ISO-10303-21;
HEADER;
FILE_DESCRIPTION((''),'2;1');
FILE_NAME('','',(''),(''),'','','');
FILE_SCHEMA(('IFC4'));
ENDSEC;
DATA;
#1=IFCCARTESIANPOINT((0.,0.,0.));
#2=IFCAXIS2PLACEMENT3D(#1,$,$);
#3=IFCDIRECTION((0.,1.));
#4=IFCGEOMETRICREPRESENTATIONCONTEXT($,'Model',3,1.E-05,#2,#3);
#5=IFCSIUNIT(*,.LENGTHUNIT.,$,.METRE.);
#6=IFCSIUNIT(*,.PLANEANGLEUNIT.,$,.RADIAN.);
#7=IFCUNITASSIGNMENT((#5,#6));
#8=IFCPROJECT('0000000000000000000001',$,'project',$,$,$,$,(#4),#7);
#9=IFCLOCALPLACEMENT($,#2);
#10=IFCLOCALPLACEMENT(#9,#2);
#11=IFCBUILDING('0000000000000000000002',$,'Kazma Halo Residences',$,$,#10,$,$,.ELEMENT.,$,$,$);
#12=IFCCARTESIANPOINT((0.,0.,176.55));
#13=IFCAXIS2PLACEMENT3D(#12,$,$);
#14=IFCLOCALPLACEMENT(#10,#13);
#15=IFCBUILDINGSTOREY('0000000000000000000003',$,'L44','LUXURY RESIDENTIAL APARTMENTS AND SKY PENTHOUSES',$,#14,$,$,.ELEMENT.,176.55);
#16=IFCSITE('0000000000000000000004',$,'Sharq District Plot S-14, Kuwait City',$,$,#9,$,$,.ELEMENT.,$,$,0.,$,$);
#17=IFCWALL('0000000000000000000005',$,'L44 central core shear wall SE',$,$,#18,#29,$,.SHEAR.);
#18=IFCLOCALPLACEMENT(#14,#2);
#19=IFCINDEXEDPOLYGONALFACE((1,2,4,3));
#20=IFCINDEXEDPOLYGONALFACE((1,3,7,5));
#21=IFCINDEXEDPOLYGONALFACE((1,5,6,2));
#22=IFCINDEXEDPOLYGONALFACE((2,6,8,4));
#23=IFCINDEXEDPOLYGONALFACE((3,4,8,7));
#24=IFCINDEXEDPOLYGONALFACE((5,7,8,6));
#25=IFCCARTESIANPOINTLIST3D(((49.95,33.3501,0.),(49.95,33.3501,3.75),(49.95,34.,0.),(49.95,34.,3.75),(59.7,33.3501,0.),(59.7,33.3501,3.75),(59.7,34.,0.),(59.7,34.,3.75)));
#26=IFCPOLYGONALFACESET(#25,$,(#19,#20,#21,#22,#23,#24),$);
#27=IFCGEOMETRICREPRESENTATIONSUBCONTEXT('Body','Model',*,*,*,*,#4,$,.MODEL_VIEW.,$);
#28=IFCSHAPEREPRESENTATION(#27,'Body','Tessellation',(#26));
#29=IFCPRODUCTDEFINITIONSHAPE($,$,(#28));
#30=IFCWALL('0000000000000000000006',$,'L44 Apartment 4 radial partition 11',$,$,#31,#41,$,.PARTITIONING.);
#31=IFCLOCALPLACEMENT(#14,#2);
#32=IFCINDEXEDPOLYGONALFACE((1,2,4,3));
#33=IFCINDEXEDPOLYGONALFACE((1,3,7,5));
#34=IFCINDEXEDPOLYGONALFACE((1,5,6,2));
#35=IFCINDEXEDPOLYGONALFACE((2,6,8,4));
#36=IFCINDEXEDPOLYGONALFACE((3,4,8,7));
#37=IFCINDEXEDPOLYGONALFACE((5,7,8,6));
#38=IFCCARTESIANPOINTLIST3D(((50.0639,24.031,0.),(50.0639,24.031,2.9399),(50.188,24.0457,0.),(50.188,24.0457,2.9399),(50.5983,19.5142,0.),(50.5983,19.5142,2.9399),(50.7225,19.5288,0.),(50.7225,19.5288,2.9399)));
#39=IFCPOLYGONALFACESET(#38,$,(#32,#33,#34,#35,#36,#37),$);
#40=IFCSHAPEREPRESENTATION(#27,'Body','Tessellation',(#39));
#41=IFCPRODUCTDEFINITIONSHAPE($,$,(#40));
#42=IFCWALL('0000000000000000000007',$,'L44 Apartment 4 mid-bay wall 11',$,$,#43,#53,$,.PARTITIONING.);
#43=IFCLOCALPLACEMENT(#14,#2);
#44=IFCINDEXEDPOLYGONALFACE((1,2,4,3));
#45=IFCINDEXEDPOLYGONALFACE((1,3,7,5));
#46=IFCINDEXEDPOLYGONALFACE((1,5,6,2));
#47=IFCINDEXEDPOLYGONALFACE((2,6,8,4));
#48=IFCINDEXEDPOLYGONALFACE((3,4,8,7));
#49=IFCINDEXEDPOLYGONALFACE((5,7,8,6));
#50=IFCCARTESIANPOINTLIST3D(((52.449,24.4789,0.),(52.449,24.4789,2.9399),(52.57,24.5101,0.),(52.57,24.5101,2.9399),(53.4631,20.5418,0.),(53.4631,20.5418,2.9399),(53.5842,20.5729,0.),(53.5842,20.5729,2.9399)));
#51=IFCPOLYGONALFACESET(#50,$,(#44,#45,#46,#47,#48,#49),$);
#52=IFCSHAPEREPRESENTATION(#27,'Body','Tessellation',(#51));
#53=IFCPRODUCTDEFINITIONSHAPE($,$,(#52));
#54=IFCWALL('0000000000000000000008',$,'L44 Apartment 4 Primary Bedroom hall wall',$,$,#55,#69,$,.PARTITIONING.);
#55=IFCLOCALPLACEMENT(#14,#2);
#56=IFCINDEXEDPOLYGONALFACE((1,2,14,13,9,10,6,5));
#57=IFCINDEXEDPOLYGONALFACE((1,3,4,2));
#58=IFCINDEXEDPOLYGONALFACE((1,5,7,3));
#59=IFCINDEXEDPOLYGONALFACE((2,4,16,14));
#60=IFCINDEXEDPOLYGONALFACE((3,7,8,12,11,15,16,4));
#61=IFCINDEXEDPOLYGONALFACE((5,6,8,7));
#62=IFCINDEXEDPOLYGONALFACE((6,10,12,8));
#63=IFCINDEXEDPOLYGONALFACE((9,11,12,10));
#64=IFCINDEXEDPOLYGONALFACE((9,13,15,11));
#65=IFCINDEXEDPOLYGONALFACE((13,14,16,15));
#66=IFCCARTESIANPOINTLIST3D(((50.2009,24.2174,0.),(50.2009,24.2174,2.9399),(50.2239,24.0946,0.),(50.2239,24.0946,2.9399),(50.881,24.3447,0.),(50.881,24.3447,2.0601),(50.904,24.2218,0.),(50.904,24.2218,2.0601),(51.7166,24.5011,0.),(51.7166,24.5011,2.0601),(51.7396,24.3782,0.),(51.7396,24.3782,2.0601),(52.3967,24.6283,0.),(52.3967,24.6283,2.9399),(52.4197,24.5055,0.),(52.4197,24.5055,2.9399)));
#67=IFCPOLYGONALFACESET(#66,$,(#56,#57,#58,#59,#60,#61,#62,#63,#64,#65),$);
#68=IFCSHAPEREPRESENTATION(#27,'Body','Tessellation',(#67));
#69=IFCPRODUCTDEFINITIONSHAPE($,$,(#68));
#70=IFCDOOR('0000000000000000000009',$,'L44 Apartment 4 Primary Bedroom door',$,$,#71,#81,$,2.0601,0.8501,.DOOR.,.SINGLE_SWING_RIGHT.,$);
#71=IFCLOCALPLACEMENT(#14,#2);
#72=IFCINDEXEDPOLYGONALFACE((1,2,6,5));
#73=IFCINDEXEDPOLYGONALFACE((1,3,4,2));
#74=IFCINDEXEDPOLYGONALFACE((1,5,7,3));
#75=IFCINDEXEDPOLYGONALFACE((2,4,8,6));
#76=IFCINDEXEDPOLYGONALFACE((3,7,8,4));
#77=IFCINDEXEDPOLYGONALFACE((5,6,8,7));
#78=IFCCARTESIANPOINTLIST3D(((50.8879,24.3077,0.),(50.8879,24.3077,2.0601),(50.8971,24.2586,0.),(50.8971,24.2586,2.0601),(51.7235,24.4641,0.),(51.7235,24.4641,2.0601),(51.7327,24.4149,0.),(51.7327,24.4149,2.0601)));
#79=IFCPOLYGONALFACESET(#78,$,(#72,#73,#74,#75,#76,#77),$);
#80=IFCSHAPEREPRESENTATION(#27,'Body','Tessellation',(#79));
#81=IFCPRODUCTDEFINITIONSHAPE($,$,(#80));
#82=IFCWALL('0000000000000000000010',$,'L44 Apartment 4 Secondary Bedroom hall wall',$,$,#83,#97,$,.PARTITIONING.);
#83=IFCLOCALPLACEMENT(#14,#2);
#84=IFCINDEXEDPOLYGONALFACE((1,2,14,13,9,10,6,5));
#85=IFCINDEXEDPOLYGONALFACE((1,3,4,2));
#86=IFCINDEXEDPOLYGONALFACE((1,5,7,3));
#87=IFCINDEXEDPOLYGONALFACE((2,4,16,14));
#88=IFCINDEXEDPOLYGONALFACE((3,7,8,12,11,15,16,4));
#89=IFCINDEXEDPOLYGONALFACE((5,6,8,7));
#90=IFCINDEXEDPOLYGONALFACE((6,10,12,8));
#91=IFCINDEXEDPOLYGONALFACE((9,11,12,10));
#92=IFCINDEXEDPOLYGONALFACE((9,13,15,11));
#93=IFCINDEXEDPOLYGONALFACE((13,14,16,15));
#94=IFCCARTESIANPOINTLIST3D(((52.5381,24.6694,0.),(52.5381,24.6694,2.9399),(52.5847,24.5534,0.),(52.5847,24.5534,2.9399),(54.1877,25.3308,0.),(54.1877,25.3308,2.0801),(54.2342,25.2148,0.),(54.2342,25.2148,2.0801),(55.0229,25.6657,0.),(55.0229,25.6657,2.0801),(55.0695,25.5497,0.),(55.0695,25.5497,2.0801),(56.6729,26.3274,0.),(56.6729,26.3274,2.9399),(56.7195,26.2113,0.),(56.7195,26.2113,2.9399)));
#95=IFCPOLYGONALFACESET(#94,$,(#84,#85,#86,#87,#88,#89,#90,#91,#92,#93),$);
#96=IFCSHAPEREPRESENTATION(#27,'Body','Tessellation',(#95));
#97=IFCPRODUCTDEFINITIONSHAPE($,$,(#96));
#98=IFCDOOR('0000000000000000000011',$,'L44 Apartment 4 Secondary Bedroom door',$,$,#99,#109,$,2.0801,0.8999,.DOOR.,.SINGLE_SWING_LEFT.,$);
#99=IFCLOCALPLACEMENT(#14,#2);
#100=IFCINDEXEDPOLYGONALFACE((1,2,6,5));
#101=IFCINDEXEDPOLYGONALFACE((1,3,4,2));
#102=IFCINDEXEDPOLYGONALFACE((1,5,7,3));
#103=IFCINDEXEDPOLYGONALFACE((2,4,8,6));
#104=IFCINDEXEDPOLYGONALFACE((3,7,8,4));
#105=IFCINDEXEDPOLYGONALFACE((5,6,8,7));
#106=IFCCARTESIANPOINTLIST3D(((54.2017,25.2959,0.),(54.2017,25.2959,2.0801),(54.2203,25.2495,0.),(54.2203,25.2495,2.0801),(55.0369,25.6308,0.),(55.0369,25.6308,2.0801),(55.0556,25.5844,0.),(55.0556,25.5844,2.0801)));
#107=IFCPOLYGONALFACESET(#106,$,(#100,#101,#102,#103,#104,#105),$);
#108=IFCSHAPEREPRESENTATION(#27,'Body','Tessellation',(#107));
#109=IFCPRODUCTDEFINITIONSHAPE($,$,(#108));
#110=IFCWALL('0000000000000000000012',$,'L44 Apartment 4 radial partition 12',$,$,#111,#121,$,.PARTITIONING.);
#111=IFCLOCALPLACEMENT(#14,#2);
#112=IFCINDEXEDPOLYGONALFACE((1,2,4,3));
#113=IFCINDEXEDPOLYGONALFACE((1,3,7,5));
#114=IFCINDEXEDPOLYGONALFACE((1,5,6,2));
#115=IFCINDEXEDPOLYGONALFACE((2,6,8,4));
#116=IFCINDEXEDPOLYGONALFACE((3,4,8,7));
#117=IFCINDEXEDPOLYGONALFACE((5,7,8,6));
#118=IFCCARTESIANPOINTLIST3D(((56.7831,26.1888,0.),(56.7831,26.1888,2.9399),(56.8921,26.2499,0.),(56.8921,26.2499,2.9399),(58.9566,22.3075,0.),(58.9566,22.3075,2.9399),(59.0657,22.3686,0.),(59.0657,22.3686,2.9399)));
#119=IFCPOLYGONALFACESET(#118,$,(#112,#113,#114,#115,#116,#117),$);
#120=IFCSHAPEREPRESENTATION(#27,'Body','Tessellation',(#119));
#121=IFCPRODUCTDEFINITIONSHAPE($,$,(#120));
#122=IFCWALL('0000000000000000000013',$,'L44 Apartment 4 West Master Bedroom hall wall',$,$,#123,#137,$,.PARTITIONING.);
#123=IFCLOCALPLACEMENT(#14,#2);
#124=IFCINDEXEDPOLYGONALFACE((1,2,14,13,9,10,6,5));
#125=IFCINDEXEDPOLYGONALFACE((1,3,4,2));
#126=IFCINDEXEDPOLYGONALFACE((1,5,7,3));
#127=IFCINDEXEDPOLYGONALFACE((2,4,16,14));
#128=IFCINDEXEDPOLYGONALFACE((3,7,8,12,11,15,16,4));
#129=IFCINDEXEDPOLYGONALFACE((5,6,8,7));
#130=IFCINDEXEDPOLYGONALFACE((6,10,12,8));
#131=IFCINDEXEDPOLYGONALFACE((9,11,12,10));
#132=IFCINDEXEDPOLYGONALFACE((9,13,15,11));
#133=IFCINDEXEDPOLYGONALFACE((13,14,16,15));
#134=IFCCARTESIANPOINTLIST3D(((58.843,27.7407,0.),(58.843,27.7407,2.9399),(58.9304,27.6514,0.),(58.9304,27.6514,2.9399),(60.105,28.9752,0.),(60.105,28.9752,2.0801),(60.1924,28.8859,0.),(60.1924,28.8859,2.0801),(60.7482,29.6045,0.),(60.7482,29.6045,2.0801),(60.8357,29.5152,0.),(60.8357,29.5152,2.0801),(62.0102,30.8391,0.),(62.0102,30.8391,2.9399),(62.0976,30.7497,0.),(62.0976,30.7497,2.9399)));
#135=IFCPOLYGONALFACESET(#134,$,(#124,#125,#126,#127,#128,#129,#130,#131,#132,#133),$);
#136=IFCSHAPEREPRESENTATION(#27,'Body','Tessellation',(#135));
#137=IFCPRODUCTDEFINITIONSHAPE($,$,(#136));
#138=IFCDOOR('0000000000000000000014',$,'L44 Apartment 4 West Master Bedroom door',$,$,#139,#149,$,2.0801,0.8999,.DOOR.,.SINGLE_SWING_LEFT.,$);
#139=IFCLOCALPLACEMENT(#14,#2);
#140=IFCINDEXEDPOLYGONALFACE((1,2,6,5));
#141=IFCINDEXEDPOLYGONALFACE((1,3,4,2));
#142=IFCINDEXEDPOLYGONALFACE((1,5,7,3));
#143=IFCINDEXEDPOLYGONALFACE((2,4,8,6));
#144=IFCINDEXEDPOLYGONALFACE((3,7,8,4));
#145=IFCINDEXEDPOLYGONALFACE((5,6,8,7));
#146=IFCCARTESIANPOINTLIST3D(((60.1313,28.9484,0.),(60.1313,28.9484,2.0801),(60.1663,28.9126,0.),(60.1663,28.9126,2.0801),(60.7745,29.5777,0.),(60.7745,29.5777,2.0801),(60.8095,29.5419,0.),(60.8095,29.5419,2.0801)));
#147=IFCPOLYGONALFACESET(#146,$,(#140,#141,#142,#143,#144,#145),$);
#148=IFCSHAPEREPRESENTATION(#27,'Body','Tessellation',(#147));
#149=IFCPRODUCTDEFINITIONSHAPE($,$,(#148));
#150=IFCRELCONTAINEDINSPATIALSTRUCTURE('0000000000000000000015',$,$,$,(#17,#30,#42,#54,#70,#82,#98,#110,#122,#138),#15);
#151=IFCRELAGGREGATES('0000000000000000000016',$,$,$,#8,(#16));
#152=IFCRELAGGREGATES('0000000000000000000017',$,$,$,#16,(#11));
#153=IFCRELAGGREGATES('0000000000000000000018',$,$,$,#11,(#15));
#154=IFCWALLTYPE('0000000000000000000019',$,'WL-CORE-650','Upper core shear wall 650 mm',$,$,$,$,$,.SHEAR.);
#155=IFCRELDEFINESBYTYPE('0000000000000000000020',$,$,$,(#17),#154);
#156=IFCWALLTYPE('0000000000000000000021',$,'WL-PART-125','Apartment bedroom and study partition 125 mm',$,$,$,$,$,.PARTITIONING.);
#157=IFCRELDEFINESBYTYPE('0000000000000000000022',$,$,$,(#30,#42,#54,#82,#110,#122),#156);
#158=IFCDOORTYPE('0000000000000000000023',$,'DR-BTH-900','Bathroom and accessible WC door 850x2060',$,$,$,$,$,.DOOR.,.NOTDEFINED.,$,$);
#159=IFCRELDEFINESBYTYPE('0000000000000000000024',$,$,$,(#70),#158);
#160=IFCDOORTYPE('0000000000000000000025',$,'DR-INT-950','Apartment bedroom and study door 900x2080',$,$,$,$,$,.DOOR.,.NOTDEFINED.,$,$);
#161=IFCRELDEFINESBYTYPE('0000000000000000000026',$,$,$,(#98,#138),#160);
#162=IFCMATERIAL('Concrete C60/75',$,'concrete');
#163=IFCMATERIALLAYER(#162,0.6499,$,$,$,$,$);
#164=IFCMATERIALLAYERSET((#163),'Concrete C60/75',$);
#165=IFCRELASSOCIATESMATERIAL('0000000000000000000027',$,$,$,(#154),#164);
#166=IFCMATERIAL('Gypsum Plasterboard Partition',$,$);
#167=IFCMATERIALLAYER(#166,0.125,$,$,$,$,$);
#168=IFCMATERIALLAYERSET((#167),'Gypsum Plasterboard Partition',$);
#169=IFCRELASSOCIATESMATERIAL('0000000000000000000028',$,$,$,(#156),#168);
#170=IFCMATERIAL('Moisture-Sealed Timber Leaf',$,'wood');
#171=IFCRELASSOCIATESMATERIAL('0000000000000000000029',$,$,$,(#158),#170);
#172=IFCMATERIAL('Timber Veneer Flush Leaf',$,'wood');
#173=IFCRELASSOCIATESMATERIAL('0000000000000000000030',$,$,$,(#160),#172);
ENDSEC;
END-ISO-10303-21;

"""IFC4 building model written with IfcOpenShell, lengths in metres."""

from ifc_helpers import new_model, si_unit, direction, frame, frame_2d, origin, place, context, subcontext, project, spatial, rectangle, extrude, material, layer, layer_set, type_object, element, fill, save


model = new_model("IFC4")

# Units and contexts
model_context = context("Model", 3, precision=1e-05, world=origin(), true_north=direction((0.0, 1.0)))
body_context = subcontext(model_context, "Body", "Model", "MODEL_VIEW")
ifc_project = project(units=[si_unit("LENGTHUNIT", "METRE"), si_unit("PLANEANGLEUNIT", "RADIAN")], contexts=[model_context])

# Site, building, storey
site_placement = place(None, origin())
site = spatial("IfcSite", under=ifc_project, at=site_placement, Name="Sharq District Plot S-14, Kuwait City", CompositionType="ELEMENT", RefElevation=0.0)
building_placement = place(site_placement, origin())
building = spatial("IfcBuilding", under=site, at=building_placement, Name="Kazma Halo Residences", CompositionType="ELEMENT")
storey_placement = place(building_placement, frame((0.0, 0.0, 176.55)))
storey = spatial("IfcBuildingStorey", under=building, at=storey_placement, Name="L44", Description="LUXURY RESIDENTIAL APARTMENTS AND SKY PENTHOUSES", CompositionType="ELEMENT", Elevation=176.55)

# Wall
ifc_material_1 = material(Name="Concrete C60/75", Category="concrete")
ifc_layer_1 = layer(ifc_material_1, 0.6499)
ifc_layer_set_1 = layer_set([ifc_layer_1], Name="Concrete C60/75")
wall_type_1 = type_object("IfcWallType", Name="WL-CORE-650", Description="Upper core shear wall 650 mm", PredefinedType="SHEAR", material=ifc_layer_set_1)
wall_1_placement = place(storey_placement, frame((49.95, 33.675, 0.0), z_axis=(0.0, 0.0, 1.0), x_axis=(1.0, 0.0, 0.0)))
element("IfcWall", 1, at=wall_1_placement, inside=storey, type_object=wall_type_1, Name="L44 central core shear wall SE", PredefinedType="SHEAR", context=body_context, shape_type="SweptSolid", body=[
    extrude(rectangle(XDim=9.75, YDim=0.6499, at=frame_2d((4.875, 0.0))), origin(), (0.0, 0.0, 1.0), 3.75),
])

# Walls
ifc_material_2 = material(Name="Gypsum Plasterboard Partition")
ifc_layer_2 = layer(ifc_material_2, 0.125)
ifc_layer_set_2 = layer_set([ifc_layer_2], Name="Gypsum Plasterboard Partition")
wall_type_2 = type_object("IfcWallType", Name="WL-PART-125", Description="Apartment bedroom and study partition 125 mm", PredefinedType="PARTITIONING", material=ifc_layer_set_2)
wall_2_placement = place(storey_placement, frame((50.126, 24.0383, 0.0), z_axis=(0.0, 0.0, 1.0), x_axis=(0.117498, -0.993073, 0.0)))
element("IfcWall", 2, at=wall_2_placement, inside=storey, type_object=wall_type_2, Name="L44 Apartment 4 radial partition 11", PredefinedType="PARTITIONING", context=body_context, shape_type="SweptSolid", body=[
    extrude(rectangle(XDim=4.5483, YDim=0.125, at=frame_2d((2.2742, 0.0))), origin(), (0.0, 0.0, 1.0), 2.9399),
])
wall_3_placement = place(storey_placement, frame((52.5095, 24.4944, 0.0), z_axis=(0.0, 0.0, 1.0), x_axis=(0.249439, -0.968391, 0.0)))
element("IfcWall", 3, at=wall_3_placement, inside=storey, type_object=wall_type_2, Name="L44 Apartment 4 mid-bay wall 11", PredefinedType="PARTITIONING", context=body_context, shape_type="SweptSolid", body=[
    extrude(rectangle(XDim=4.0657, YDim=0.125, at=frame_2d((2.0327, 0.0))), origin(), (0.0, 0.0, 1.0), 2.9399),
])

# Walls, openings, doors
wall_4_placement = place(storey_placement, frame((50.2124, 24.156, 0.0), z_axis=(0.0, 0.0, 1.0), x_axis=(0.982939, 0.183932, 0.0)))
wall_4 = element("IfcWall", 4, at=wall_4_placement, inside=storey, type_object=wall_type_2, Name="L44 Apartment 4 Primary Bedroom hall wall", PredefinedType="PARTITIONING", context=body_context, shape_type="SweptSolid", body=[
    extrude(rectangle(XDim=2.2339, YDim=0.125, at=frame_2d((1.1169, 0.0))), origin(), (0.0, 0.0, 1.0), 2.9399),
])
opening_1_placement = place(wall_4_placement, frame((0.6919, 0.0, 0.0)))
opening_1 = element("IfcOpeningElement", 5, at=opening_1_placement, cuts=wall_4, PredefinedType="OPENING", context=body_context, shape_type="SweptSolid", body=[
    extrude(rectangle(XDim=0.8501, YDim=2.0601, at=frame_2d((0.425, 1.03))), frame((0.0, 0.0725, 0.0), z_axis=(0.0, -1.0, 0.0), x_axis=(1.0, 0.0, 0.0)), (0.0, 0.0, 1.0), 0.145),
])
ifc_material_3 = material(Name="Moisture-Sealed Timber Leaf", Category="wood")
door_type_1 = type_object("IfcDoorType", Name="DR-BTH-900", Description="Bathroom and accessible WC door 850x2060", OperationType="NOTDEFINED", PredefinedType="DOOR", material=ifc_material_3)
door_1_placement = place(opening_1_placement, origin())
door_1 = element("IfcDoor", 6, at=door_1_placement, inside=storey, type_object=door_type_1, Name="L44 Apartment 4 Primary Bedroom door", OperationType="SINGLE_SWING_RIGHT", OverallHeight=2.0601, OverallWidth=0.8501, PredefinedType="DOOR", context=body_context, shape_type="SweptSolid", body=[
    extrude(rectangle(XDim=0.8501, YDim=2.0601, at=frame_2d((0.425, 1.03))), frame((0.0, 0.0249, 0.0), z_axis=(0.0, -1.0, 0.0), x_axis=(1.0, 0.0, 0.0)), (0.0, 0.0, 1.0), 0.05),
])
fill(opening_1, door_1)
wall_5_placement = place(storey_placement, frame((52.5613, 24.6113, 0.0), z_axis=(0.0, 0.0, 1.0), x_axis=(0.928163, 0.372175, 0.0)))
wall_5 = element("IfcWall", 7, at=wall_5_placement, inside=storey, type_object=wall_type_2, Name="L44 Apartment 4 Secondary Bedroom hall wall", PredefinedType="PARTITIONING", context=body_context, shape_type="SweptSolid", body=[
    extrude(rectangle(XDim=4.4548, YDim=0.125, at=frame_2d((2.2275, 0.0))), origin(), (0.0, 0.0, 1.0), 2.9399),
])
opening_2_placement = place(wall_5_placement, frame((1.7773, 0.0, 0.0)))
opening_2 = element("IfcOpeningElement", 8, at=opening_2_placement, cuts=wall_5, PredefinedType="OPENING", context=body_context, shape_type="SweptSolid", body=[
    extrude(rectangle(XDim=0.8999, YDim=2.0801, at=frame_2d((0.45, 1.04))), frame((0.0, 0.0725, 0.0), z_axis=(0.0, -1.0, 0.0), x_axis=(1.0, 0.0, 0.0)), (0.0, 0.0, 1.0), 0.145),
])
ifc_material_4 = material(Name="Timber Veneer Flush Leaf", Category="wood")
door_type_2 = type_object("IfcDoorType", Name="DR-INT-950", Description="Apartment bedroom and study door 900x2080", OperationType="NOTDEFINED", PredefinedType="DOOR", material=ifc_material_4)
door_2_placement = place(opening_2_placement, origin())
door_2 = element("IfcDoor", 9, at=door_2_placement, inside=storey, type_object=door_type_2, Name="L44 Apartment 4 Secondary Bedroom door", OperationType="SINGLE_SWING_LEFT", OverallHeight=2.0801, OverallWidth=0.8999, PredefinedType="DOOR", context=body_context, shape_type="SweptSolid", body=[
    extrude(rectangle(XDim=0.8999, YDim=2.0801, at=frame_2d((0.45, 1.04))), frame((0.0, 0.0249, 0.0), z_axis=(0.0, -1.0, 0.0), x_axis=(1.0, 0.0, 0.0)), (0.0, 0.0, 1.0), 0.05),
])
fill(opening_2, door_2)

# Wall
wall_6_placement = place(storey_placement, frame((56.8376, 26.2192, 0.0), z_axis=(0.0, 0.0, 1.0), x_axis=(0.488608, -0.872503, 0.0)))
element("IfcWall", 10, at=wall_6_placement, inside=storey, type_object=wall_type_2, Name="L44 Apartment 4 radial partition 12", PredefinedType="PARTITIONING", context=body_context, shape_type="SweptSolid", body=[
    extrude(rectangle(XDim=4.4485, YDim=0.125, at=frame_2d((2.2241, 0.0))), origin(), (0.0, 0.0, 1.0), 2.9399),
])

# Wall, opening, door
wall_7_placement = place(storey_placement, frame((58.8867, 27.696, 0.0), z_axis=(0.0, 0.0, 1.0), x_axis=(0.714833, 0.699295, 0.0)))
wall_7 = element("IfcWall", 11, at=wall_7_placement, inside=storey, type_object=wall_type_2, Name="L44 Apartment 4 West Master Bedroom hall wall", PredefinedType="PARTITIONING", context=body_context, shape_type="SweptSolid", body=[
    extrude(rectangle(XDim=4.4307, YDim=0.125, at=frame_2d((2.2153, 0.0))), origin(), (0.0, 0.0, 1.0), 2.9399),
])
opening_3_placement = place(wall_7_placement, frame((1.7654, 0.0, 0.0)))
opening_3 = element("IfcOpeningElement", 12, at=opening_3_placement, cuts=wall_7, PredefinedType="OPENING", context=body_context, shape_type="SweptSolid", body=[
    extrude(rectangle(XDim=0.8999, YDim=2.0801, at=frame_2d((0.45, 1.04))), frame((0.0, 0.0725, 0.0), z_axis=(0.0, -1.0, 0.0), x_axis=(1.0, 0.0, 0.0)), (0.0, 0.0, 1.0), 0.145),
])
door_3_placement = place(opening_3_placement, origin())
door_3 = element("IfcDoor", 13, at=door_3_placement, inside=storey, type_object=door_type_2, Name="L44 Apartment 4 West Master Bedroom door", OperationType="SINGLE_SWING_LEFT", OverallHeight=2.0801, OverallWidth=0.8999, PredefinedType="DOOR", context=body_context, shape_type="SweptSolid", body=[
    extrude(rectangle(XDim=0.8999, YDim=2.0801, at=frame_2d((0.45, 1.04))), frame((0.0, 0.0249, 0.0), z_axis=(0.0, -1.0, 0.0), x_axis=(1.0, 0.0, 0.0)), (0.0, 0.0, 1.0), 0.05),
])
fill(opening_3, door_3)

save(model, "model.ifc")
